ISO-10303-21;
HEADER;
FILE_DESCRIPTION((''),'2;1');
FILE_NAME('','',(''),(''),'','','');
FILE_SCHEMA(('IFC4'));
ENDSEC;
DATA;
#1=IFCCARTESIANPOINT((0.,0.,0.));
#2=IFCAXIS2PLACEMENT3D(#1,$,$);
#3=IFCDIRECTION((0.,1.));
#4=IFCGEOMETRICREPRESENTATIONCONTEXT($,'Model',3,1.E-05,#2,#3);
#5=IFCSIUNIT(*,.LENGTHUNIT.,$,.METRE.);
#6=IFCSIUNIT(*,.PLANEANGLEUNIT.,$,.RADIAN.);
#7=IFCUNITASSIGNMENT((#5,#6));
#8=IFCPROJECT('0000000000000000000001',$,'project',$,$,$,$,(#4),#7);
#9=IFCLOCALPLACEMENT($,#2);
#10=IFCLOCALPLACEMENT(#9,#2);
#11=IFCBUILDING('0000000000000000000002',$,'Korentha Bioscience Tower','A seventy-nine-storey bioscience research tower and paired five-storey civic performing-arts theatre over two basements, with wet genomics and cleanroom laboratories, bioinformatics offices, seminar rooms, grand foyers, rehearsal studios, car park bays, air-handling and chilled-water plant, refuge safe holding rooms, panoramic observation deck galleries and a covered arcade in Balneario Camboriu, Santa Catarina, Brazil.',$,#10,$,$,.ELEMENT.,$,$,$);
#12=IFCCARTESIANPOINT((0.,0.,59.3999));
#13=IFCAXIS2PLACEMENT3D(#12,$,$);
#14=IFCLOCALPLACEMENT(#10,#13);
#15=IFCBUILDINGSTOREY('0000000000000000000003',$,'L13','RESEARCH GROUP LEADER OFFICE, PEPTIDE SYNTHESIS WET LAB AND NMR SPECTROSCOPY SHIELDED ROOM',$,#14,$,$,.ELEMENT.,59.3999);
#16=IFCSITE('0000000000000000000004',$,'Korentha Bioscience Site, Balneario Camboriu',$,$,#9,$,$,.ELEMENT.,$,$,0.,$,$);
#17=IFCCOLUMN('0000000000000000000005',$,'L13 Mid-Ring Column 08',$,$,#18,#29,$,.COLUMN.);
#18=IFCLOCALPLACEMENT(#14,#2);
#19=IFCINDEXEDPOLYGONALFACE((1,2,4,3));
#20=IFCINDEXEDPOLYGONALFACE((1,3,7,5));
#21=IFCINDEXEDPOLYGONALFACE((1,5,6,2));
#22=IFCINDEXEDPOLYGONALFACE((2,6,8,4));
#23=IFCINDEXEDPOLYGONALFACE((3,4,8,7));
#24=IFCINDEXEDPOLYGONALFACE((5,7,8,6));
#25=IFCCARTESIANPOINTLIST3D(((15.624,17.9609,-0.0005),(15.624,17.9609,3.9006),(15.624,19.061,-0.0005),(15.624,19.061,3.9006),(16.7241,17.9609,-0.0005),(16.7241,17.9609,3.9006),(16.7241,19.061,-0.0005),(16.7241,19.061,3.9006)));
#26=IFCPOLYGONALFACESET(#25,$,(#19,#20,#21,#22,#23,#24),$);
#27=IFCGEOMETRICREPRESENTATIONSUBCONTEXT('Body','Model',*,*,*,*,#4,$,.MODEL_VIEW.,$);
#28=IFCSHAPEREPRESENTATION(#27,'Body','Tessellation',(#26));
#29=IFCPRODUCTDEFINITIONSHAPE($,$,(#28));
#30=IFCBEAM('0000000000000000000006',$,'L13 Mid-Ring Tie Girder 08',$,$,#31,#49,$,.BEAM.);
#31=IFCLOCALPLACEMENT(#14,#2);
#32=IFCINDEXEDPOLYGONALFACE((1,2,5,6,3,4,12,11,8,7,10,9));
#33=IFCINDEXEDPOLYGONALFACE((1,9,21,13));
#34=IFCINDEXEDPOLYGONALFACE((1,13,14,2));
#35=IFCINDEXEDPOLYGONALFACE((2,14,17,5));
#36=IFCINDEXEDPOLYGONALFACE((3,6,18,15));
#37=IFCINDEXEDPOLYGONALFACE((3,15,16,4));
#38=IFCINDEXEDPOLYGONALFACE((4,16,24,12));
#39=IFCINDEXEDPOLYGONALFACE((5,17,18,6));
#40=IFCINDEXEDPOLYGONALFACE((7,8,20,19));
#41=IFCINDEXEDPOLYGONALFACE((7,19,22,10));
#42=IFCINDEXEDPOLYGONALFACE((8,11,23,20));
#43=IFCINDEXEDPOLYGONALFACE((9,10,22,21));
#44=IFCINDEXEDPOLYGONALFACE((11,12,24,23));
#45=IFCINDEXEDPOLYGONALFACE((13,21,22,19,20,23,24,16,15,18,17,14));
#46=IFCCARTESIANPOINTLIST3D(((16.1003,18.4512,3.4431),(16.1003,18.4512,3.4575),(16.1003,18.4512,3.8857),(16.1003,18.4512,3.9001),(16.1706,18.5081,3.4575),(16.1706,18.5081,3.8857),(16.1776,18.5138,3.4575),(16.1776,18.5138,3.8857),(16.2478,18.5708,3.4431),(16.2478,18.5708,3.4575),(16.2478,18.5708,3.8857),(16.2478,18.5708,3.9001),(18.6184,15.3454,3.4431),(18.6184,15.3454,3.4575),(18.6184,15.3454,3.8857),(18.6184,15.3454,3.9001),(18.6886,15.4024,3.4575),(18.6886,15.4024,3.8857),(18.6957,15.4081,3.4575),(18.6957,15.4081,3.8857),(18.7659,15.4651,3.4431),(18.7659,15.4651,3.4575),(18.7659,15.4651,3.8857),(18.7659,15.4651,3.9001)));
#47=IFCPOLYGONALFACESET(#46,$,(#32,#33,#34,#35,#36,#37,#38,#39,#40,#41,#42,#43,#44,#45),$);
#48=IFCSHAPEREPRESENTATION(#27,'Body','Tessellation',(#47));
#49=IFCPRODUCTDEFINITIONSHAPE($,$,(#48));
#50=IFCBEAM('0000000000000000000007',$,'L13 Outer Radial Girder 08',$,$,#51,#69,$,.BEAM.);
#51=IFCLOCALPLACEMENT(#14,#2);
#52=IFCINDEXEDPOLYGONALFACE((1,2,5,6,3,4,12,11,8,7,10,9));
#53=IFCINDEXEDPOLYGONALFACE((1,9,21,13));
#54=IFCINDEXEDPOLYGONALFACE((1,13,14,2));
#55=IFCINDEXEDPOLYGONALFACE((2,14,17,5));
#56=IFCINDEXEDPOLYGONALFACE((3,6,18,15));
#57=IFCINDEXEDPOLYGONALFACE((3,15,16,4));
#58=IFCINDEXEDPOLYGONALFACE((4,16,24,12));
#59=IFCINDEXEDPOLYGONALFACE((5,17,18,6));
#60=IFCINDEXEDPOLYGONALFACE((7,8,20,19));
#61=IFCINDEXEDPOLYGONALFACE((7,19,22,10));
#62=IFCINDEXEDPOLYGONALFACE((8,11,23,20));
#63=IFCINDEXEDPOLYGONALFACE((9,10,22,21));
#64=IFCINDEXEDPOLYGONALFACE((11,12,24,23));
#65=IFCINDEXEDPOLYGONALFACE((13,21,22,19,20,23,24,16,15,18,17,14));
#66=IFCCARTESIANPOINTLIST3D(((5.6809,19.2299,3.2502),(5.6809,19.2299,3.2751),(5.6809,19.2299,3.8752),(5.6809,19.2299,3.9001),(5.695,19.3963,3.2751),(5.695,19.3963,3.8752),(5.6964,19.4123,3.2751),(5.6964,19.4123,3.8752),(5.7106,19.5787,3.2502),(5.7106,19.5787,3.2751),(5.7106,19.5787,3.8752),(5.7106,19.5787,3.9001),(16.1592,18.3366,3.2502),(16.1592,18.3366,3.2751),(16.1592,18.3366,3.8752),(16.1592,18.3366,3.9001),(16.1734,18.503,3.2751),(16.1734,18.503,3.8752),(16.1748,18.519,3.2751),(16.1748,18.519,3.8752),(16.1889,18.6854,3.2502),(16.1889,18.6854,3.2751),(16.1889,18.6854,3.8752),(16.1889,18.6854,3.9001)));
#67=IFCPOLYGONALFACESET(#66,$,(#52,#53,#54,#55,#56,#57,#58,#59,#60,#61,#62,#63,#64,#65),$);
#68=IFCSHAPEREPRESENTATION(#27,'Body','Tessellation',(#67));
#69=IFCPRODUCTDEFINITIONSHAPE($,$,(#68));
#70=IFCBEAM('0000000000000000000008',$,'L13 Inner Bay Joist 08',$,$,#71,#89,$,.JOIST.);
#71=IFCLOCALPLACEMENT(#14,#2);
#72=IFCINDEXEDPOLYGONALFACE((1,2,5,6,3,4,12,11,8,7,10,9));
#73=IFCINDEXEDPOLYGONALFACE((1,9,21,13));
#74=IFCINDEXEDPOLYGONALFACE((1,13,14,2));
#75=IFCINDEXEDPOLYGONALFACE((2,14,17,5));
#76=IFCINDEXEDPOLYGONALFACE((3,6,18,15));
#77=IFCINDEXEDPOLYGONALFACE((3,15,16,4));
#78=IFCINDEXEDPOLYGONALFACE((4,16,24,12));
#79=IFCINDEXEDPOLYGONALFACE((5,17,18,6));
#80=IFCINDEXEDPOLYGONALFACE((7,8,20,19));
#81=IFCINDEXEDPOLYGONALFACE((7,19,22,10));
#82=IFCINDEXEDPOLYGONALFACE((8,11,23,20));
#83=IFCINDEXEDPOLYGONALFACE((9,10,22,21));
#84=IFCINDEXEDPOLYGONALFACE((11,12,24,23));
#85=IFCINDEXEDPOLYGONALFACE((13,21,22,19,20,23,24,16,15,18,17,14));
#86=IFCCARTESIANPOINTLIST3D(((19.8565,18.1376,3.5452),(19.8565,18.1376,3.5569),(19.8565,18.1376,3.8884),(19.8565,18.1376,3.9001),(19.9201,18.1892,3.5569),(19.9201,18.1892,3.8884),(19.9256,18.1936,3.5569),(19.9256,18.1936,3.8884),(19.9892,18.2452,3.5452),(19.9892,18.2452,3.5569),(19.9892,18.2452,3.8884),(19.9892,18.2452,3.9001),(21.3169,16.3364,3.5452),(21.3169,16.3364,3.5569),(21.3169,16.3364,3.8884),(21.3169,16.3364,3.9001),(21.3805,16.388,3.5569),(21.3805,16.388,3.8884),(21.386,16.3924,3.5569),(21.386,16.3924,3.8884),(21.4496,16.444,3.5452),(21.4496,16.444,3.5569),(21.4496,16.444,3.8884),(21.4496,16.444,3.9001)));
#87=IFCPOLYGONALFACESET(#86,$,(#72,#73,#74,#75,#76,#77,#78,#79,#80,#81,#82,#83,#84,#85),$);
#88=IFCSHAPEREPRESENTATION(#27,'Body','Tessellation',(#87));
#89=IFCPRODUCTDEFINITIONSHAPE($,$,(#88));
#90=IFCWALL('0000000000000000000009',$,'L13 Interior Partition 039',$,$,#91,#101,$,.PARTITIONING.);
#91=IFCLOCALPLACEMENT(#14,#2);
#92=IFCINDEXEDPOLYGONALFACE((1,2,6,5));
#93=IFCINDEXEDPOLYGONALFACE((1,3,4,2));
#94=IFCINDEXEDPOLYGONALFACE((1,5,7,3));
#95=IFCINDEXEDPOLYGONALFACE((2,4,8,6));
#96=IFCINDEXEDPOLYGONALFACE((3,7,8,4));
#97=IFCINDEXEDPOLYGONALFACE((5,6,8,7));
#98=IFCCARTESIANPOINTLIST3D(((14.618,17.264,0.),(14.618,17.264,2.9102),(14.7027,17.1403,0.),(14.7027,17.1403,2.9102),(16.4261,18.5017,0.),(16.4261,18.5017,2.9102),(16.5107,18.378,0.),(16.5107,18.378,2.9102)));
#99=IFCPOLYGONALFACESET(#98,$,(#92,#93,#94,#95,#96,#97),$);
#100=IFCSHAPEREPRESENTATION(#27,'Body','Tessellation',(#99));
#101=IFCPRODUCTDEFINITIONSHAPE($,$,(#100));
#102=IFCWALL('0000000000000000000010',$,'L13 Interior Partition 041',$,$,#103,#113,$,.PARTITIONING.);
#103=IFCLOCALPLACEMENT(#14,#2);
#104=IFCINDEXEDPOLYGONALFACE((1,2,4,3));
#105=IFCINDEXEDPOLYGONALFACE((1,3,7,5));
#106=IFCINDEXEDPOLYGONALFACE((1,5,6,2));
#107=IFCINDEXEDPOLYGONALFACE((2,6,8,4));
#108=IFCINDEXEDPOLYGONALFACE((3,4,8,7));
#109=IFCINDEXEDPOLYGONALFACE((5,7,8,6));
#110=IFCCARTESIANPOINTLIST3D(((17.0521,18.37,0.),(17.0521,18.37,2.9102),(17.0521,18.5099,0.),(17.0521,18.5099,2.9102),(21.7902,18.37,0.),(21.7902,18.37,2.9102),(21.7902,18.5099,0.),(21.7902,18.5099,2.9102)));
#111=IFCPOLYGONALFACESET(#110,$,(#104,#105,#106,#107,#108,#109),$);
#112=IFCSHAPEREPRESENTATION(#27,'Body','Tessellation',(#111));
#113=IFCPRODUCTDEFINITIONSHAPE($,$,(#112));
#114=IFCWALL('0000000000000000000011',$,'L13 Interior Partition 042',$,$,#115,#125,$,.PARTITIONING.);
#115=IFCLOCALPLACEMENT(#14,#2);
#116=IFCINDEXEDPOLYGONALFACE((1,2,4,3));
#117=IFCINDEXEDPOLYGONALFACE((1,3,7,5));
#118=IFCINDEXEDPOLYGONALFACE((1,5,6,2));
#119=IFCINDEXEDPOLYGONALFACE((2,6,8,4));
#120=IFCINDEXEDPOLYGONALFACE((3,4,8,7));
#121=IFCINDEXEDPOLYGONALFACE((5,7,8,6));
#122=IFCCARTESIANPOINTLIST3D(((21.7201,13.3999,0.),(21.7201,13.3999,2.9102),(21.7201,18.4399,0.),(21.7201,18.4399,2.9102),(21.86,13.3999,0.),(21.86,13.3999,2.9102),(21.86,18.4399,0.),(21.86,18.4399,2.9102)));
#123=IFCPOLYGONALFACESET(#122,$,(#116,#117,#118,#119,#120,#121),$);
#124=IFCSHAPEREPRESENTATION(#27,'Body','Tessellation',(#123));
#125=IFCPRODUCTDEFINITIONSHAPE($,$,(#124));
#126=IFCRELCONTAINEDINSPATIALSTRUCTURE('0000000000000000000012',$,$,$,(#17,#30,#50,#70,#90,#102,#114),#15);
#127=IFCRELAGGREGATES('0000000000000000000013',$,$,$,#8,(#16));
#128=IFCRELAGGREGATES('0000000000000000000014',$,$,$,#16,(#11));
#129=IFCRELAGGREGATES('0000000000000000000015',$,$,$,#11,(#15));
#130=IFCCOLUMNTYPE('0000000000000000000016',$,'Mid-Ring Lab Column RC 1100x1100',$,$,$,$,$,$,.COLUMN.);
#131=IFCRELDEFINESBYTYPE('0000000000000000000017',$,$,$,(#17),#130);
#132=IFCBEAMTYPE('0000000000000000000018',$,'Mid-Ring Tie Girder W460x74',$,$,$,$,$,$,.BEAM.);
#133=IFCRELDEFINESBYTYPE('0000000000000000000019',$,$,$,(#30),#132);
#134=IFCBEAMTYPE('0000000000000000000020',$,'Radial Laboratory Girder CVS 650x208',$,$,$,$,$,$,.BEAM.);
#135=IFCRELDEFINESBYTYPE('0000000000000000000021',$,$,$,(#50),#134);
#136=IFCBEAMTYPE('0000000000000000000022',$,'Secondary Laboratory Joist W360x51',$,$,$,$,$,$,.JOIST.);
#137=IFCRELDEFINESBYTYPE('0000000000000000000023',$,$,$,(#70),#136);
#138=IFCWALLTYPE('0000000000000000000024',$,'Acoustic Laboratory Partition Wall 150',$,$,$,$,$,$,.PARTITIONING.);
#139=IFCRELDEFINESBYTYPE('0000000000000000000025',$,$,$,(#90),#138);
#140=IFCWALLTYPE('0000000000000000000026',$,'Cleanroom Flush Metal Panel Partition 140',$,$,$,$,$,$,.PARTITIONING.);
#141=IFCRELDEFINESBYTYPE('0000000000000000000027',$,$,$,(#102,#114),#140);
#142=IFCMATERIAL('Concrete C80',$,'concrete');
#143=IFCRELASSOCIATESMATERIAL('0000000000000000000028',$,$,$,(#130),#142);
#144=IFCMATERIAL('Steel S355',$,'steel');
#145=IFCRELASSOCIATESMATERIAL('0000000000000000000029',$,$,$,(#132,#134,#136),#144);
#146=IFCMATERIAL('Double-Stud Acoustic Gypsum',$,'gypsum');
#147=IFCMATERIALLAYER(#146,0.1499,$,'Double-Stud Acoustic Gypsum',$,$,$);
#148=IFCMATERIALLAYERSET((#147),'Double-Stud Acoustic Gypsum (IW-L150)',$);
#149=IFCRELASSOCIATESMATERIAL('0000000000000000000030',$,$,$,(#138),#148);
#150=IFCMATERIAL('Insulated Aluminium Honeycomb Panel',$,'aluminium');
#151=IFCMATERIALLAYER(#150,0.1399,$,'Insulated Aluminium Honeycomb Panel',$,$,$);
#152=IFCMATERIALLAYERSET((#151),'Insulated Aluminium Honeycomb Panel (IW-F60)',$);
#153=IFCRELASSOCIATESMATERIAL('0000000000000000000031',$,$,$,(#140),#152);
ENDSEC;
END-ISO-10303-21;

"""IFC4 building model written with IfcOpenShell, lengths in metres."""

from ifc_helpers import new_model, si_unit, direction, frame, frame_2d, origin, origin_2d, place, context, subcontext, project, spatial, rectangle, i_section, extrude, material, layer, layer_set, material_profile, profile_set, type_object, element, save


model = new_model("IFC4")

# Units and contexts
model_context = context("Model", 3, precision=1e-05, world=origin(), true_north=direction((0.0, 1.0)))
body_context = subcontext(model_context, "Body", "Model", "MODEL_VIEW")
ifc_project = project(units=[si_unit("LENGTHUNIT", "METRE"), si_unit("PLANEANGLEUNIT", "RADIAN")], contexts=[model_context])

# Site, building, storey
site_placement = place(None, origin())
site = spatial("IfcSite", under=ifc_project, at=site_placement, Name="Korentha Bioscience Site, Balneario Camboriu", CompositionType="ELEMENT", RefElevation=0.0)
building_placement = place(site_placement, origin())
building = spatial("IfcBuilding", under=site, at=building_placement, Name="Korentha Bioscience Tower", Description="A seventy-nine-storey bioscience research tower and paired five-storey civic performing-arts theatre over two basements, with wet genomics and cleanroom laboratories, bioinformatics offices, seminar rooms, grand foyers, rehearsal studios, car park bays, air-handling and chilled-water plant, refuge safe holding rooms, panoramic observation deck galleries and a covered arcade in Balneario Camboriu, Santa Catarina, Brazil.", CompositionType="ELEMENT")
storey_placement = place(building_placement, frame((0.0, 0.0, 59.3999)))
storey = spatial("IfcBuildingStorey", under=building, at=storey_placement, Name="L13", Description="RESEARCH GROUP LEADER OFFICE, PEPTIDE SYNTHESIS WET LAB AND NMR SPECTROSCOPY SHIELDED ROOM", CompositionType="ELEMENT", Elevation=59.3999)

# Column
ifc_material_1 = material(Name="Concrete C80", Category="concrete")
ifc_material_profile_1 = material_profile(ifc_material_1, rectangle(XDim=1.1001, YDim=1.1001, at=origin_2d()), Name="Concrete C80")
ifc_profile_set_1 = profile_set([ifc_material_profile_1], Name="Concrete C80 (COL-MR11)")
column_type = type_object("IfcColumnType", Name="Mid-Ring Lab Column RC 1100x1100", PredefinedType="COLUMN", material=ifc_profile_set_1)
column_placement = place(storey_placement, frame((16.1741, 18.511, -0.0005), z_axis=(0.0, 0.0, 1.0), x_axis=(1.0, 0.0, 0.0)))
element("IfcColumn", 1, at=column_placement, inside=storey, type_object=column_type, Name="L13 Mid-Ring Column 08", PredefinedType="COLUMN", context=body_context, shape_type="SweptSolid", body=[
    extrude(rectangle(XDim=1.1001, YDim=1.1001, at=origin_2d()), origin(), (0.0, 0.0, 1.0), 3.9011),
])

# Beams
ifc_material_2 = material(Name="Steel S355", Category="steel")
ifc_material_profile_2 = material_profile(ifc_material_2, i_section(OverallWidth=0.1899, OverallDepth=0.457, WebThickness=0.009, FlangeThickness=0.0144, at=origin_2d()), Name="Steel S355")
ifc_profile_set_2 = profile_set([ifc_material_profile_2], Name="Steel S355 (MB-460)")
beam_type_1 = type_object("IfcBeamType", Name="Mid-Ring Tie Girder W460x74", PredefinedType="BEAM", material=ifc_profile_set_2)
beam_1_placement = place(storey_placement, frame((16.1741, 18.511, 3.6716), z_axis=(0.62979, -0.776765, 0.0), x_axis=(0.776765, 0.62979, 0.0)))
element("IfcBeam", 2, at=beam_1_placement, inside=storey, type_object=beam_type_1, Name="L13 Mid-Ring Tie Girder 08", PredefinedType="BEAM", context=body_context, shape_type="SweptSolid", body=[
    extrude(i_section(OverallWidth=0.1899, OverallDepth=0.457, WebThickness=0.009, FlangeThickness=0.0144, at=origin_2d()), origin(), (0.0, 0.0, 1.0), 3.9983),
])
ifc_material_profile_3 = material_profile(ifc_material_2, i_section(OverallWidth=0.3501, OverallDepth=0.6499, WebThickness=0.0161, FlangeThickness=0.0249, at=origin_2d()), Name="Steel S355")
ifc_profile_set_3 = profile_set([ifc_material_profile_3], Name="Steel S355 (RB-650)")
beam_type_2 = type_object("IfcBeamType", Name="Radial Laboratory Girder CVS 650x208", PredefinedType="BEAM", material=ifc_profile_set_3)
beam_2_placement = place(storey_placement, frame((16.1741, 18.511, 3.5752), z_axis=(-0.996386, 0.084945, 0.0), x_axis=(-0.084945, -0.996386, 0.0)))
element("IfcBeam", 3, at=beam_2_placement, inside=storey, type_object=beam_type_2, Name="L13 Outer Radial Girder 08", PredefinedType="BEAM", context=body_context, shape_type="SweptSolid", body=[
    extrude(i_section(OverallWidth=0.3501, OverallDepth=0.6499, WebThickness=0.0161, FlangeThickness=0.0249, at=origin_2d()), origin(), (0.0, 0.0, 1.0), 10.5164),
])
ifc_material_profile_4 = material_profile(ifc_material_2, i_section(OverallWidth=0.1709, OverallDepth=0.355, WebThickness=0.0071, FlangeThickness=0.0117, at=origin_2d()), Name="Steel S355")
ifc_profile_set_4 = profile_set([ifc_material_profile_4], Name="Steel S355 (JB-360)")
beam_type_3 = type_object("IfcBeamType", Name="Secondary Laboratory Joist W360x51", PredefinedType="JOIST", material=ifc_profile_set_4)
beam_3_placement = place(storey_placement, frame((19.9229, 18.1914, 3.7227), z_axis=(0.629792, -0.776764, 0.0), x_axis=(0.776764, 0.629792, 0.0)))
element("IfcBeam", 4, at=beam_3_placement, inside=storey, type_object=beam_type_3, Name="L13 Inner Bay Joist 08", PredefinedType="JOIST", context=body_context, shape_type="SweptSolid", body=[
    extrude(i_section(OverallWidth=0.1709, OverallDepth=0.355, WebThickness=0.0071, FlangeThickness=0.0117, at=origin_2d()), origin(), (0.0, 0.0, 1.0), 2.3188),
])

# Shared definitions
ifc_material_3 = material(Name="Double-Stud Acoustic Gypsum", Category="gypsum")
ifc_layer_1 = layer(ifc_material_3, 0.1499, Name="Double-Stud Acoustic Gypsum")
ifc_layer_set_1 = layer_set([ifc_layer_1], Name="Double-Stud Acoustic Gypsum (IW-L150)")
wall_type_1 = type_object("IfcWallType", Name="Acoustic Laboratory Partition Wall 150", PredefinedType="PARTITIONING", material=ifc_layer_set_1)

# Walls
wall_1_placement = place(storey_placement, frame((16.4685, 18.4399, 0.0), z_axis=(0.0, 0.0, 1.0), x_axis=(-0.825165, -0.564892, 0.0)))
element("IfcWall", 5, at=wall_1_placement, inside=storey, type_object=wall_type_1, Name="L13 Interior Partition 039", PredefinedType="PARTITIONING", context=body_context, shape_type="SweptSolid", body=[
    extrude(rectangle(XDim=2.1912, YDim=0.1499, at=frame_2d((1.0957, 0.0))), origin(), (0.0, 0.0, 1.0), 2.9102),
])
ifc_material_4 = material(Name="Insulated Aluminium Honeycomb Panel", Category="aluminium")
ifc_layer_2 = layer(ifc_material_4, 0.1399, Name="Insulated Aluminium Honeycomb Panel")
ifc_layer_set_2 = layer_set([ifc_layer_2], Name="Insulated Aluminium Honeycomb Panel (IW-F60)")
wall_type_2 = type_object("IfcWallType", Name="Cleanroom Flush Metal Panel Partition 140", PredefinedType="PARTITIONING", material=ifc_layer_set_2)
wall_2_placement = place(storey_placement, frame((17.052, 18.4399, 0.0), z_axis=(0.0, 0.0, 1.0), x_axis=(1.0, 0.0, 0.0)))
element("IfcWall", 6, at=wall_2_placement, inside=storey, type_object=wall_type_2, Name="L13 Interior Partition 041", PredefinedType="PARTITIONING", context=body_context, shape_type="SweptSolid", body=[
    extrude(rectangle(XDim=4.738, YDim=0.1399, at=frame_2d((2.3691, 0.0))), origin(), (0.0, 0.0, 1.0), 2.9102),
])
wall_3_placement = place(storey_placement, frame((21.79, 18.4399, 0.0), z_axis=(0.0, 0.0, 1.0), x_axis=(0.0, -1.0, 0.0)))
element("IfcWall", 7, at=wall_3_placement, inside=storey, type_object=wall_type_2, Name="L13 Interior Partition 042", PredefinedType="PARTITIONING", context=body_context, shape_type="SweptSolid", body=[
    extrude(rectangle(XDim=5.04, YDim=0.1399, at=frame_2d((2.52, 0.0))), origin(), (0.0, 0.0, 1.0), 2.9102),
])

save(model, "model.ifc")
